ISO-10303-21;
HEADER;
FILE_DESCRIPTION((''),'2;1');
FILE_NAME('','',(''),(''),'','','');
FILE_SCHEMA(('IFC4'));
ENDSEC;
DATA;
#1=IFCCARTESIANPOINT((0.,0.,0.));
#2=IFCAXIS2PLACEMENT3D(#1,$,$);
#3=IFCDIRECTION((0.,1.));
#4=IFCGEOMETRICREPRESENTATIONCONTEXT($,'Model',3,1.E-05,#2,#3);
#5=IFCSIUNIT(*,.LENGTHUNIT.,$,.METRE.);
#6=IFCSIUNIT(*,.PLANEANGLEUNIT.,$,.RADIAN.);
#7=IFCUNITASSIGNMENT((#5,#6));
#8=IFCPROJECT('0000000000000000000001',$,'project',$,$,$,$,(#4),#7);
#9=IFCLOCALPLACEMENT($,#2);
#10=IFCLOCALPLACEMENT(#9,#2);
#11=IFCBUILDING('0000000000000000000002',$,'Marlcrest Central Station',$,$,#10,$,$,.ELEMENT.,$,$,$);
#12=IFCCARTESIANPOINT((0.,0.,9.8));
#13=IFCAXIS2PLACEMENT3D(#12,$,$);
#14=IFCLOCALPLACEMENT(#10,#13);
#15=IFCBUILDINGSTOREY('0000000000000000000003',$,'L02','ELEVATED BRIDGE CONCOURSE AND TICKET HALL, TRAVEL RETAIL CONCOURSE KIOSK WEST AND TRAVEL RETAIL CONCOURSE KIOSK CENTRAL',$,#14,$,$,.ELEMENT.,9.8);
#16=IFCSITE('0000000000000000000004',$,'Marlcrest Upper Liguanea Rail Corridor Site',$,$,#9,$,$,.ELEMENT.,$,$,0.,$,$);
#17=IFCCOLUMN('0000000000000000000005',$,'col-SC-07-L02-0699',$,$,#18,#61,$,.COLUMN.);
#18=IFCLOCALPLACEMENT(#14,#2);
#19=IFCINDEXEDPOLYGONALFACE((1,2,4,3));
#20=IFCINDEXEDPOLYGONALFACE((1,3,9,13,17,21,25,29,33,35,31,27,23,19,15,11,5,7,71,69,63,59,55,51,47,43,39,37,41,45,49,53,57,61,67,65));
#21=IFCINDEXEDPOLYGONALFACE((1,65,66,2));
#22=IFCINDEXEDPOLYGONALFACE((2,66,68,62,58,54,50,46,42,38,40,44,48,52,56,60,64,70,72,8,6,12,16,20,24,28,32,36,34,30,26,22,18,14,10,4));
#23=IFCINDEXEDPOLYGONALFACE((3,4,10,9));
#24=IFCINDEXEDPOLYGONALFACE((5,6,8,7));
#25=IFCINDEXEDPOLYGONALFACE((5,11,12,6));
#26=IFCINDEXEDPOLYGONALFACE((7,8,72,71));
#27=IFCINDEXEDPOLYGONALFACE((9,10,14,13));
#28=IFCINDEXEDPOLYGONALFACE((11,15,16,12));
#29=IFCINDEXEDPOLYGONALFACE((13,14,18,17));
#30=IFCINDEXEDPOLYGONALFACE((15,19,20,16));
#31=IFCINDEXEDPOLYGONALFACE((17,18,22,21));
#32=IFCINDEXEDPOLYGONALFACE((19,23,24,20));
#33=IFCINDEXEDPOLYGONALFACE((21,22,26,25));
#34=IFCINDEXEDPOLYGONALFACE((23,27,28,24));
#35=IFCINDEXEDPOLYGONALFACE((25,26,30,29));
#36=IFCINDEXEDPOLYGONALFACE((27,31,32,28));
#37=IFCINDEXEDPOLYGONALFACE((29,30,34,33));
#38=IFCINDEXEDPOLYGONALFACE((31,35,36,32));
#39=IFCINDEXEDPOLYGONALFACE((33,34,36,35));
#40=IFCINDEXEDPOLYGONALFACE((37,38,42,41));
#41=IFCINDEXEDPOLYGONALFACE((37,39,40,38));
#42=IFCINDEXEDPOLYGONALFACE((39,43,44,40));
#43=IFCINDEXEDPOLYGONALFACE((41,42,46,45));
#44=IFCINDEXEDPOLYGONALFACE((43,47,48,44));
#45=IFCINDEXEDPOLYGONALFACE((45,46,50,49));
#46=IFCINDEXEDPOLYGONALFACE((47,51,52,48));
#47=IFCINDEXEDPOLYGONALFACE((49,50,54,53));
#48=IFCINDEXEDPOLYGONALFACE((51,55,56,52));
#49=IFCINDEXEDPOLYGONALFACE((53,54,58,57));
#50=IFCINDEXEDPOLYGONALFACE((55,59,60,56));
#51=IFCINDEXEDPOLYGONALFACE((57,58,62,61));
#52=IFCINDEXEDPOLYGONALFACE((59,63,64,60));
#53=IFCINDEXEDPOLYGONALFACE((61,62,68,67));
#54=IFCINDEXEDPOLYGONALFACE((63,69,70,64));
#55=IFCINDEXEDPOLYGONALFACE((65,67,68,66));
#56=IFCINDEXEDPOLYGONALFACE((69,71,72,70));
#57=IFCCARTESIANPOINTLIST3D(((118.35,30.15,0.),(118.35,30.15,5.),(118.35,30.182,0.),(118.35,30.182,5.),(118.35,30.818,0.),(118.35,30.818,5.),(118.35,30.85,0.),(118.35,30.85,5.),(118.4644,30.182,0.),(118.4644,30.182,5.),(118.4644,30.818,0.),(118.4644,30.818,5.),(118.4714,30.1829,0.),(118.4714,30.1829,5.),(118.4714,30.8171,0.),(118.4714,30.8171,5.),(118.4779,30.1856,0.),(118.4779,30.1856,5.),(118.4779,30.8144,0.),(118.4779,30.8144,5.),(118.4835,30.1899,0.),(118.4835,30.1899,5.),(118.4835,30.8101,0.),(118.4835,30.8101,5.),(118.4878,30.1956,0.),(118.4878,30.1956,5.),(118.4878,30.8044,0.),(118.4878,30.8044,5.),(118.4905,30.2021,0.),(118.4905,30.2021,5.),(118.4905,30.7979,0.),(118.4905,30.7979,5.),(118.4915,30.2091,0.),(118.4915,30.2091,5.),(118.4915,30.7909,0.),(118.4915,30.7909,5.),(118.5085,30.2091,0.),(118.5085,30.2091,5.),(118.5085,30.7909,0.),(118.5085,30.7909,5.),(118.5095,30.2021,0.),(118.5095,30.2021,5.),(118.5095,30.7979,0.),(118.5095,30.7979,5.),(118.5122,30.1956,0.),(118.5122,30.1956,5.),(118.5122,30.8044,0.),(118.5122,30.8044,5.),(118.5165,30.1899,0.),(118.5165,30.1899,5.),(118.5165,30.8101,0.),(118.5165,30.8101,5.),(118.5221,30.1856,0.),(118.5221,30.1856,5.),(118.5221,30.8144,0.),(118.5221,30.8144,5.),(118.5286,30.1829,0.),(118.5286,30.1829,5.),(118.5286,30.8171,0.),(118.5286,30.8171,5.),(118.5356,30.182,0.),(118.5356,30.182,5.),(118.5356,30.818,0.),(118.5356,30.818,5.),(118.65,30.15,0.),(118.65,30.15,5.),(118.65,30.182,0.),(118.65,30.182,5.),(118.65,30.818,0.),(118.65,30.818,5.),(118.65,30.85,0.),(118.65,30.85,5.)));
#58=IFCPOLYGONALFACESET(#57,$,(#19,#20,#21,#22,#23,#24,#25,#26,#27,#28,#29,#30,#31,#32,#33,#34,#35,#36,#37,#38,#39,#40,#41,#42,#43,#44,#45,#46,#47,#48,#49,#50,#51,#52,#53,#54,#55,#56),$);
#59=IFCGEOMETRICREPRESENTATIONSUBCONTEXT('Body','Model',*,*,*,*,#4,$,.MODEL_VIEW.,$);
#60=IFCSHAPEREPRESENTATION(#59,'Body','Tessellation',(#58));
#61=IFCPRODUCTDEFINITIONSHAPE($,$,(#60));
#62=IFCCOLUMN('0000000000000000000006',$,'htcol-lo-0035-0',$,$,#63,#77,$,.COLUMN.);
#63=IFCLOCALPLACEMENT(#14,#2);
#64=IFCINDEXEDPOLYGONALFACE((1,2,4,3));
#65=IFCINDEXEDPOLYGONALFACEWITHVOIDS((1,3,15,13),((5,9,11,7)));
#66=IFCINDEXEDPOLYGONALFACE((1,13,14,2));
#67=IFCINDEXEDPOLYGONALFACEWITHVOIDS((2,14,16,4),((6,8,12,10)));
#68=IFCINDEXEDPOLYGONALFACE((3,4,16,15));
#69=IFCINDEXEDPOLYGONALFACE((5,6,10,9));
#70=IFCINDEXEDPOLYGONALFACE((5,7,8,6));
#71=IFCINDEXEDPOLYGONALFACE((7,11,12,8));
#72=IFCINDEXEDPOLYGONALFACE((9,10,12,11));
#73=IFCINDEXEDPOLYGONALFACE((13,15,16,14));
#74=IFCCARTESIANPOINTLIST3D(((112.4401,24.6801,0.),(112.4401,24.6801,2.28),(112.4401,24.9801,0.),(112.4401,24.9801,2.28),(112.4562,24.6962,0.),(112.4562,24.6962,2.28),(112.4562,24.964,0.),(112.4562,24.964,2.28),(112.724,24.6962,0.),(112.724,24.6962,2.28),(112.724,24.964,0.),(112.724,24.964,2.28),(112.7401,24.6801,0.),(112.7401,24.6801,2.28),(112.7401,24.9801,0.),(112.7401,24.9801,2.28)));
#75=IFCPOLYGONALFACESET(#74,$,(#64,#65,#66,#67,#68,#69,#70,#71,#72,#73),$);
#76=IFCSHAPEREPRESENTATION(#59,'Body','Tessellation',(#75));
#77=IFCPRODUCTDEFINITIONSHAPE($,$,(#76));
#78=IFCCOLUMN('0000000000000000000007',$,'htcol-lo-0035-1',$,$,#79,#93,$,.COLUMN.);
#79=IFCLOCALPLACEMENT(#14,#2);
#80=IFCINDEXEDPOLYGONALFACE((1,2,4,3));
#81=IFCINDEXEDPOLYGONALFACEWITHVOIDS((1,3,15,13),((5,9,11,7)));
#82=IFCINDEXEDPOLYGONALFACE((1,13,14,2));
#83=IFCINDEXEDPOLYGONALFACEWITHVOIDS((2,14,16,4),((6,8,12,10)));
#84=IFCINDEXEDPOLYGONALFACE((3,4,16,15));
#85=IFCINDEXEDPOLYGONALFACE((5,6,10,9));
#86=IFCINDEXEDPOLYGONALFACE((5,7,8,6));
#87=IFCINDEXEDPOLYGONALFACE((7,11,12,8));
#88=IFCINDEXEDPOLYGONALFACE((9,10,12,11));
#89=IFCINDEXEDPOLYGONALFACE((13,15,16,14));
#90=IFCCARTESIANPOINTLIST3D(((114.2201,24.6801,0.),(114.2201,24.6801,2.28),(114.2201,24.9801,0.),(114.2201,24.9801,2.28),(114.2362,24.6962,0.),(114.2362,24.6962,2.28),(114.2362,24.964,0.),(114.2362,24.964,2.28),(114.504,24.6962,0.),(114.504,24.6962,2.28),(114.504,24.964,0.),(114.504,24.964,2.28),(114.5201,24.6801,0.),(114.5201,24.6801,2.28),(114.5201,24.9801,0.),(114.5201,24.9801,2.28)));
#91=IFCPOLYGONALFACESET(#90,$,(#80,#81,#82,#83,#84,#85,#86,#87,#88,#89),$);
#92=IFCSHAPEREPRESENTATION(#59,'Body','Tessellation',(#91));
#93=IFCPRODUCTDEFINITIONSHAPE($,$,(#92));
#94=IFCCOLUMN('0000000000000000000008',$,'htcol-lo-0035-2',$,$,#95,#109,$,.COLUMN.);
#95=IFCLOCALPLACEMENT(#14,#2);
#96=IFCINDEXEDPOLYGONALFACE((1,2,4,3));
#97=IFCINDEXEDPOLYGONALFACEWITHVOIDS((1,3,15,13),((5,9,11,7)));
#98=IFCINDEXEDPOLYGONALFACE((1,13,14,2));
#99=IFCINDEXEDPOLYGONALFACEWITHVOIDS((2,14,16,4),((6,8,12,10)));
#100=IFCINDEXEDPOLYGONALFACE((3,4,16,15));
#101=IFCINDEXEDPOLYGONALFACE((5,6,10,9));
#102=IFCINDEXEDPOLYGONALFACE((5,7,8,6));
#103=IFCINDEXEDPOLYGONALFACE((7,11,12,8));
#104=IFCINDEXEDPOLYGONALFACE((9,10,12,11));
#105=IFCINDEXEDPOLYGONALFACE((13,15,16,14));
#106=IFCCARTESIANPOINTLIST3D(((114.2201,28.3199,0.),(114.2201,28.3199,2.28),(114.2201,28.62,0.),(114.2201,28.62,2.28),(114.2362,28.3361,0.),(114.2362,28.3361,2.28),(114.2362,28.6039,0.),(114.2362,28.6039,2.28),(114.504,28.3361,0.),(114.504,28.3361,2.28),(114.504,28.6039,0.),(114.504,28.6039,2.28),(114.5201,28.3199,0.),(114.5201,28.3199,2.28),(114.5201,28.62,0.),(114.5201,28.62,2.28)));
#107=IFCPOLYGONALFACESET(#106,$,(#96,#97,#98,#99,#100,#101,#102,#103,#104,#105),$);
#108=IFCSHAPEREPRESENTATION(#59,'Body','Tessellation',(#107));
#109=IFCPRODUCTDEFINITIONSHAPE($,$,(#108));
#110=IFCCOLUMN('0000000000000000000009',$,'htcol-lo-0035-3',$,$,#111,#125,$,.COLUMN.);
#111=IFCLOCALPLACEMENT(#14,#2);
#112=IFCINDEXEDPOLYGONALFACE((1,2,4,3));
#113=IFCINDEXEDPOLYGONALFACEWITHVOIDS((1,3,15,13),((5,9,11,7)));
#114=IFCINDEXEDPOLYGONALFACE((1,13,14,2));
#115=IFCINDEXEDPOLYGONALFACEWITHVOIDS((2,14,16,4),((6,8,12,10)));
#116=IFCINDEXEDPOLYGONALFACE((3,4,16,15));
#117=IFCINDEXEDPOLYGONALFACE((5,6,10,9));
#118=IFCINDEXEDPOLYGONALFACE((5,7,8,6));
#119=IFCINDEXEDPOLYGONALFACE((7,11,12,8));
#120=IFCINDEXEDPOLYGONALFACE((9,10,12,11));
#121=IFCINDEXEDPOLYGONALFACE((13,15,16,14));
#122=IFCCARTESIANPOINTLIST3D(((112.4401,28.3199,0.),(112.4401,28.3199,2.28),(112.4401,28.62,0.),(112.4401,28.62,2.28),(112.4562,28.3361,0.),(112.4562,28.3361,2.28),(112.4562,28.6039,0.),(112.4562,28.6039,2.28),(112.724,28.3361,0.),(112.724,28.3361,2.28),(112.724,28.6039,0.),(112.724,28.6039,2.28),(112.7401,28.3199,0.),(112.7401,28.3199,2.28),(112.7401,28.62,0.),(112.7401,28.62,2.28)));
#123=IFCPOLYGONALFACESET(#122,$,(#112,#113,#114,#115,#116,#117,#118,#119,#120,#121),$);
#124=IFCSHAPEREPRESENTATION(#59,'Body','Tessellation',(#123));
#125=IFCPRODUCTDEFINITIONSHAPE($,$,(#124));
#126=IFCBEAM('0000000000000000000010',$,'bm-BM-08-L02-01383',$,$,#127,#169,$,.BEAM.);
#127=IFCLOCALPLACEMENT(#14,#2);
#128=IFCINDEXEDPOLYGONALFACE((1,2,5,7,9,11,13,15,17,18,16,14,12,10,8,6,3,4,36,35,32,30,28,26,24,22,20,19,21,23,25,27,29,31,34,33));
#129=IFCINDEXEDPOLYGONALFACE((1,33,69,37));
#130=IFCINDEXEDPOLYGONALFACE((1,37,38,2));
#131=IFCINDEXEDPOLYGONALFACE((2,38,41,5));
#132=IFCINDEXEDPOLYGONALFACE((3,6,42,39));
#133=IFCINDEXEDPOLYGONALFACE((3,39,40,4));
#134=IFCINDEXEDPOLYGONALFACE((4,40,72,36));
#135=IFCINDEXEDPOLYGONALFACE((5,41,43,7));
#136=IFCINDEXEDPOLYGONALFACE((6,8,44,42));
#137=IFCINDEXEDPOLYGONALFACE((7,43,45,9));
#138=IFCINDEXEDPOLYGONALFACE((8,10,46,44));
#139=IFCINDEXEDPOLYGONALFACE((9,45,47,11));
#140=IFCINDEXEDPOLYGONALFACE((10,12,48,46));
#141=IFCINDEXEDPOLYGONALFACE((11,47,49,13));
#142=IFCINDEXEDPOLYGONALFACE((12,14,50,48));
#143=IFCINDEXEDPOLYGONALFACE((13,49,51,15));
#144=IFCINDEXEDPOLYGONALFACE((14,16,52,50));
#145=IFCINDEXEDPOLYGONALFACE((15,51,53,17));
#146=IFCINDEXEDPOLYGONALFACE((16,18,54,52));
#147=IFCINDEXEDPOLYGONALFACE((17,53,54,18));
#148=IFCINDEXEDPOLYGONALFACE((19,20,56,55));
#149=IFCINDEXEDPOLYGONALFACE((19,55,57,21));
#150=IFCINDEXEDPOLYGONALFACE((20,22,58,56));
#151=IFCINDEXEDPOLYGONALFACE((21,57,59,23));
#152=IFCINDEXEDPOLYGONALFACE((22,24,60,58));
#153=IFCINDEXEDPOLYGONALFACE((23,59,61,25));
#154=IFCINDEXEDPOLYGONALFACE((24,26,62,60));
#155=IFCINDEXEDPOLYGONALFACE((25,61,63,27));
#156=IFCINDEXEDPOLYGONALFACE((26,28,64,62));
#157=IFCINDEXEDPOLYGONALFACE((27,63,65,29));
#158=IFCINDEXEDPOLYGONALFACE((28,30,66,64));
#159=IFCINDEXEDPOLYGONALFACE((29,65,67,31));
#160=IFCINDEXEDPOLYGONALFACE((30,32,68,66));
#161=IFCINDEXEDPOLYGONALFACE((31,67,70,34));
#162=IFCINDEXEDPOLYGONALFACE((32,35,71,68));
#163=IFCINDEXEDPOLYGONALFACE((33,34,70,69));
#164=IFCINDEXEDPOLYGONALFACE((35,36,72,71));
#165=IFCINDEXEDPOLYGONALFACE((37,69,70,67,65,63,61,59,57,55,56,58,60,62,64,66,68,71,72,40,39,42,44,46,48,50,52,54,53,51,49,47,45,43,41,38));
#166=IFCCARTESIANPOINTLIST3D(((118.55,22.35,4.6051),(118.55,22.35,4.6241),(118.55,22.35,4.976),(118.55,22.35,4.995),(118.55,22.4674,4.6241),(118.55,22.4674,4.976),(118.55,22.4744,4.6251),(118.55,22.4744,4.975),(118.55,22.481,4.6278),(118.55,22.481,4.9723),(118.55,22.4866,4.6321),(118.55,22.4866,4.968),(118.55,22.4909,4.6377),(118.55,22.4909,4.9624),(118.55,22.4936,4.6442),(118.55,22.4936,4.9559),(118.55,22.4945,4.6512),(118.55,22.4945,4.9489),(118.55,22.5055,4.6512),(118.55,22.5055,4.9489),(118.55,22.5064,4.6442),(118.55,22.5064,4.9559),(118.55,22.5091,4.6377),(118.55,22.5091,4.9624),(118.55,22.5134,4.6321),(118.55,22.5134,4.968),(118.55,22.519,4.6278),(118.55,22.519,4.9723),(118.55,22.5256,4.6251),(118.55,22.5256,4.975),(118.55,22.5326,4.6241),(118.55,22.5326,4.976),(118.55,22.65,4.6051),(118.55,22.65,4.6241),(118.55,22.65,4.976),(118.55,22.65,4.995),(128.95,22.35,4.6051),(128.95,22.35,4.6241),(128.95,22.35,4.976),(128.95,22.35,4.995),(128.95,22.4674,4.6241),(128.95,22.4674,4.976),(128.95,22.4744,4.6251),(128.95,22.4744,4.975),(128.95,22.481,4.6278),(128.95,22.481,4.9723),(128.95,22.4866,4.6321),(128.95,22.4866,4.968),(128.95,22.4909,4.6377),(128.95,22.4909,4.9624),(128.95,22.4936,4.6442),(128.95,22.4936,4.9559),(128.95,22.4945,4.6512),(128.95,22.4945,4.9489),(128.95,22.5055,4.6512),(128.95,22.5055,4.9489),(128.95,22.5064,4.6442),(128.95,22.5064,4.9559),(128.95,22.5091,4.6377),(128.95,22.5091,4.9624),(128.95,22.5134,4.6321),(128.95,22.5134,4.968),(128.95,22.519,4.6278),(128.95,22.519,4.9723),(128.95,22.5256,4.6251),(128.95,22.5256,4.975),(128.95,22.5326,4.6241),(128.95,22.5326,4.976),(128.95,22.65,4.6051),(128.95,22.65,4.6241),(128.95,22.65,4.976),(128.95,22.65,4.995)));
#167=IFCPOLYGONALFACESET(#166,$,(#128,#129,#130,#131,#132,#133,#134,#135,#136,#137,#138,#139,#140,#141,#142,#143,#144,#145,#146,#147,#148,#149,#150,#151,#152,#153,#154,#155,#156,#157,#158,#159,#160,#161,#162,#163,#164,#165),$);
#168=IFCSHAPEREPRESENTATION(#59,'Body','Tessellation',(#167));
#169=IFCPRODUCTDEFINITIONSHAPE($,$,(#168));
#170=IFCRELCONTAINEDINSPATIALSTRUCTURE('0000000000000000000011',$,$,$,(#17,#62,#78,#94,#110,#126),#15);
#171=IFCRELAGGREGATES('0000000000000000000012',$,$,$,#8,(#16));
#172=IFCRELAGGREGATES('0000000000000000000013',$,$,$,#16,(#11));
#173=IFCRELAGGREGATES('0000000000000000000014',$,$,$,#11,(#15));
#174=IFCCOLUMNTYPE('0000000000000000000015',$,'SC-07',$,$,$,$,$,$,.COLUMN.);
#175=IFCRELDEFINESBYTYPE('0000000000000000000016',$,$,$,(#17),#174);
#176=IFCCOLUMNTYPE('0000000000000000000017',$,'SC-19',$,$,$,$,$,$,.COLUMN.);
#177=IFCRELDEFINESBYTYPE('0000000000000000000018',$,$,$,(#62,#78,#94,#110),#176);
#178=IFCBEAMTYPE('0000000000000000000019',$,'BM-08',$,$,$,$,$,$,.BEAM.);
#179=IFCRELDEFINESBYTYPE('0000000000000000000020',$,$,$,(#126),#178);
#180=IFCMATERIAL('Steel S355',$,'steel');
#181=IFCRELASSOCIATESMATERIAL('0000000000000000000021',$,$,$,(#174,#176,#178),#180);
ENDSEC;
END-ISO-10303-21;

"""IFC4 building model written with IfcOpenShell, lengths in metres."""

from ifc_helpers import new_model, si_unit, direction, frame, origin, origin_2d, place, context, subcontext, project, spatial, hollow_rectangle, i_section, extrude, material, material_profile, profile_set, type_object, element, save


model = new_model("IFC4")

# Units and contexts
model_context = context("Model", 3, precision=1e-05, world=origin(), true_north=direction((0.0, 1.0)))
body_context = subcontext(model_context, "Body", "Model", "MODEL_VIEW")
ifc_project = project(units=[si_unit("LENGTHUNIT", "METRE"), si_unit("PLANEANGLEUNIT", "RADIAN")], contexts=[model_context])

# Site, building, storey
site_placement = place(None, origin())
site = spatial("IfcSite", under=ifc_project, at=site_placement, Name="Marlcrest Upper Liguanea Rail Corridor Site", CompositionType="ELEMENT", RefElevation=0.0)
building_placement = place(site_placement, origin())
building = spatial("IfcBuilding", under=site, at=building_placement, Name="Marlcrest Central Station", CompositionType="ELEMENT")
storey_placement = place(building_placement, frame((0.0, 0.0, 9.8)))
storey = spatial("IfcBuildingStorey", under=building, at=storey_placement, Name="L02", Description="ELEVATED BRIDGE CONCOURSE AND TICKET HALL, TRAVEL RETAIL CONCOURSE KIOSK WEST AND TRAVEL RETAIL CONCOURSE KIOSK CENTRAL", CompositionType="ELEMENT", Elevation=9.8)

# Columns
ifc_material_1 = material(Name="Steel S355", Category="steel")
ifc_material_profile_1 = material_profile(ifc_material_1, i_section(OverallWidth=0.3, OverallDepth=0.7, WebThickness=0.0171, FlangeThickness=0.032, FilletRadius=0.0271, at=origin_2d()), Name="HEB 700")
ifc_profile_set_1 = profile_set([ifc_material_profile_1], Name="Steel S355")
column_type_1 = type_object("IfcColumnType", Name="SC-07", PredefinedType="COLUMN", material=ifc_profile_set_1)
column_placement = place(storey_placement, frame((118.5, 30.5, 0.0), z_axis=(0.0, 0.0, 1.0), x_axis=(1.0, 0.0, 0.0)))
element("IfcColumn", 1, at=column_placement, inside=storey, type_object=column_type_1, Name="col-SC-07-L02-0699", PredefinedType="COLUMN", context=body_context, shape_type="SweptSolid", body=[
    extrude(i_section(OverallWidth=0.3, OverallDepth=0.7, WebThickness=0.0171, FlangeThickness=0.032, FilletRadius=0.0271, at=origin_2d()), origin(), (0.0, 0.0, 1.0), 5.0),
])
ifc_material_profile_2 = material_profile(ifc_material_1, hollow_rectangle(XDim=0.3, YDim=0.3, WallThickness=0.0161, at=origin_2d()), Name="SHS 300x300x16")
ifc_profile_set_2 = profile_set([ifc_material_profile_2], Name="Steel S355")
column_type_2 = type_object("IfcColumnType", Name="SC-19", PredefinedType="COLUMN", material=ifc_profile_set_2)
for number, where, z_axis, x_axis, name in (
    (2, (112.5901, 24.8301, 0.0), (0.0, 0.0, 1.0), (1.0, 0.0, 0.0), "htcol-lo-0035-0"),
    (3, (114.3701, 24.8301, 0.0), (0.0, 0.0, 1.0), (1.0, 0.0, 0.0), "htcol-lo-0035-1"),
    (4, (114.3701, 28.47, 0.0), (0.0, 0.0, 1.0), (1.0, 0.0, 0.0), "htcol-lo-0035-2"),
    (5, (112.5901, 28.47, 0.0), (0.0, 0.0, 1.0), (1.0, 0.0, 0.0), "htcol-lo-0035-3"),
):
    element("IfcColumn", number, at=place(storey_placement, frame(where, z_axis=z_axis, x_axis=x_axis)), inside=storey, type_object=column_type_2, Name=name, PredefinedType="COLUMN", context=body_context, shape_type="SweptSolid", body=[
        extrude(hollow_rectangle(XDim=0.3, YDim=0.3, WallThickness=0.0161, at=origin_2d()), origin(), (0.0, 0.0, 1.0), 2.28),
    ])

# Beam
ifc_material_profile_3 = material_profile(ifc_material_1, i_section(OverallWidth=0.3, OverallDepth=0.3899, WebThickness=0.011, FlangeThickness=0.019, FilletRadius=0.0271, at=origin_2d()), Name="HEA 400")
ifc_profile_set_3 = profile_set([ifc_material_profile_3], Name="Steel S355")
beam_type_1 = type_object("IfcBeamType", Name="BM-08", PredefinedType="BEAM", material=ifc_profile_set_3)
beam_1_placement = place(storey_placement, frame((118.55, 22.5, 4.8), z_axis=(1.0, 0.0, 0.0), x_axis=(0.0, 1.0, 0.0)))
element("IfcBeam", 6, at=beam_1_placement, inside=storey, type_object=beam_type_1, Name="bm-BM-08-L02-01383", PredefinedType="BEAM", context=body_context, shape_type="SweptSolid", body=[
    extrude(i_section(OverallWidth=0.3, OverallDepth=0.3899, WebThickness=0.011, FlangeThickness=0.019, FilletRadius=0.0271, at=origin_2d()), origin(), (0.0, 0.0, 1.0), 10.3999),
])

save(model, "model.ifc")
